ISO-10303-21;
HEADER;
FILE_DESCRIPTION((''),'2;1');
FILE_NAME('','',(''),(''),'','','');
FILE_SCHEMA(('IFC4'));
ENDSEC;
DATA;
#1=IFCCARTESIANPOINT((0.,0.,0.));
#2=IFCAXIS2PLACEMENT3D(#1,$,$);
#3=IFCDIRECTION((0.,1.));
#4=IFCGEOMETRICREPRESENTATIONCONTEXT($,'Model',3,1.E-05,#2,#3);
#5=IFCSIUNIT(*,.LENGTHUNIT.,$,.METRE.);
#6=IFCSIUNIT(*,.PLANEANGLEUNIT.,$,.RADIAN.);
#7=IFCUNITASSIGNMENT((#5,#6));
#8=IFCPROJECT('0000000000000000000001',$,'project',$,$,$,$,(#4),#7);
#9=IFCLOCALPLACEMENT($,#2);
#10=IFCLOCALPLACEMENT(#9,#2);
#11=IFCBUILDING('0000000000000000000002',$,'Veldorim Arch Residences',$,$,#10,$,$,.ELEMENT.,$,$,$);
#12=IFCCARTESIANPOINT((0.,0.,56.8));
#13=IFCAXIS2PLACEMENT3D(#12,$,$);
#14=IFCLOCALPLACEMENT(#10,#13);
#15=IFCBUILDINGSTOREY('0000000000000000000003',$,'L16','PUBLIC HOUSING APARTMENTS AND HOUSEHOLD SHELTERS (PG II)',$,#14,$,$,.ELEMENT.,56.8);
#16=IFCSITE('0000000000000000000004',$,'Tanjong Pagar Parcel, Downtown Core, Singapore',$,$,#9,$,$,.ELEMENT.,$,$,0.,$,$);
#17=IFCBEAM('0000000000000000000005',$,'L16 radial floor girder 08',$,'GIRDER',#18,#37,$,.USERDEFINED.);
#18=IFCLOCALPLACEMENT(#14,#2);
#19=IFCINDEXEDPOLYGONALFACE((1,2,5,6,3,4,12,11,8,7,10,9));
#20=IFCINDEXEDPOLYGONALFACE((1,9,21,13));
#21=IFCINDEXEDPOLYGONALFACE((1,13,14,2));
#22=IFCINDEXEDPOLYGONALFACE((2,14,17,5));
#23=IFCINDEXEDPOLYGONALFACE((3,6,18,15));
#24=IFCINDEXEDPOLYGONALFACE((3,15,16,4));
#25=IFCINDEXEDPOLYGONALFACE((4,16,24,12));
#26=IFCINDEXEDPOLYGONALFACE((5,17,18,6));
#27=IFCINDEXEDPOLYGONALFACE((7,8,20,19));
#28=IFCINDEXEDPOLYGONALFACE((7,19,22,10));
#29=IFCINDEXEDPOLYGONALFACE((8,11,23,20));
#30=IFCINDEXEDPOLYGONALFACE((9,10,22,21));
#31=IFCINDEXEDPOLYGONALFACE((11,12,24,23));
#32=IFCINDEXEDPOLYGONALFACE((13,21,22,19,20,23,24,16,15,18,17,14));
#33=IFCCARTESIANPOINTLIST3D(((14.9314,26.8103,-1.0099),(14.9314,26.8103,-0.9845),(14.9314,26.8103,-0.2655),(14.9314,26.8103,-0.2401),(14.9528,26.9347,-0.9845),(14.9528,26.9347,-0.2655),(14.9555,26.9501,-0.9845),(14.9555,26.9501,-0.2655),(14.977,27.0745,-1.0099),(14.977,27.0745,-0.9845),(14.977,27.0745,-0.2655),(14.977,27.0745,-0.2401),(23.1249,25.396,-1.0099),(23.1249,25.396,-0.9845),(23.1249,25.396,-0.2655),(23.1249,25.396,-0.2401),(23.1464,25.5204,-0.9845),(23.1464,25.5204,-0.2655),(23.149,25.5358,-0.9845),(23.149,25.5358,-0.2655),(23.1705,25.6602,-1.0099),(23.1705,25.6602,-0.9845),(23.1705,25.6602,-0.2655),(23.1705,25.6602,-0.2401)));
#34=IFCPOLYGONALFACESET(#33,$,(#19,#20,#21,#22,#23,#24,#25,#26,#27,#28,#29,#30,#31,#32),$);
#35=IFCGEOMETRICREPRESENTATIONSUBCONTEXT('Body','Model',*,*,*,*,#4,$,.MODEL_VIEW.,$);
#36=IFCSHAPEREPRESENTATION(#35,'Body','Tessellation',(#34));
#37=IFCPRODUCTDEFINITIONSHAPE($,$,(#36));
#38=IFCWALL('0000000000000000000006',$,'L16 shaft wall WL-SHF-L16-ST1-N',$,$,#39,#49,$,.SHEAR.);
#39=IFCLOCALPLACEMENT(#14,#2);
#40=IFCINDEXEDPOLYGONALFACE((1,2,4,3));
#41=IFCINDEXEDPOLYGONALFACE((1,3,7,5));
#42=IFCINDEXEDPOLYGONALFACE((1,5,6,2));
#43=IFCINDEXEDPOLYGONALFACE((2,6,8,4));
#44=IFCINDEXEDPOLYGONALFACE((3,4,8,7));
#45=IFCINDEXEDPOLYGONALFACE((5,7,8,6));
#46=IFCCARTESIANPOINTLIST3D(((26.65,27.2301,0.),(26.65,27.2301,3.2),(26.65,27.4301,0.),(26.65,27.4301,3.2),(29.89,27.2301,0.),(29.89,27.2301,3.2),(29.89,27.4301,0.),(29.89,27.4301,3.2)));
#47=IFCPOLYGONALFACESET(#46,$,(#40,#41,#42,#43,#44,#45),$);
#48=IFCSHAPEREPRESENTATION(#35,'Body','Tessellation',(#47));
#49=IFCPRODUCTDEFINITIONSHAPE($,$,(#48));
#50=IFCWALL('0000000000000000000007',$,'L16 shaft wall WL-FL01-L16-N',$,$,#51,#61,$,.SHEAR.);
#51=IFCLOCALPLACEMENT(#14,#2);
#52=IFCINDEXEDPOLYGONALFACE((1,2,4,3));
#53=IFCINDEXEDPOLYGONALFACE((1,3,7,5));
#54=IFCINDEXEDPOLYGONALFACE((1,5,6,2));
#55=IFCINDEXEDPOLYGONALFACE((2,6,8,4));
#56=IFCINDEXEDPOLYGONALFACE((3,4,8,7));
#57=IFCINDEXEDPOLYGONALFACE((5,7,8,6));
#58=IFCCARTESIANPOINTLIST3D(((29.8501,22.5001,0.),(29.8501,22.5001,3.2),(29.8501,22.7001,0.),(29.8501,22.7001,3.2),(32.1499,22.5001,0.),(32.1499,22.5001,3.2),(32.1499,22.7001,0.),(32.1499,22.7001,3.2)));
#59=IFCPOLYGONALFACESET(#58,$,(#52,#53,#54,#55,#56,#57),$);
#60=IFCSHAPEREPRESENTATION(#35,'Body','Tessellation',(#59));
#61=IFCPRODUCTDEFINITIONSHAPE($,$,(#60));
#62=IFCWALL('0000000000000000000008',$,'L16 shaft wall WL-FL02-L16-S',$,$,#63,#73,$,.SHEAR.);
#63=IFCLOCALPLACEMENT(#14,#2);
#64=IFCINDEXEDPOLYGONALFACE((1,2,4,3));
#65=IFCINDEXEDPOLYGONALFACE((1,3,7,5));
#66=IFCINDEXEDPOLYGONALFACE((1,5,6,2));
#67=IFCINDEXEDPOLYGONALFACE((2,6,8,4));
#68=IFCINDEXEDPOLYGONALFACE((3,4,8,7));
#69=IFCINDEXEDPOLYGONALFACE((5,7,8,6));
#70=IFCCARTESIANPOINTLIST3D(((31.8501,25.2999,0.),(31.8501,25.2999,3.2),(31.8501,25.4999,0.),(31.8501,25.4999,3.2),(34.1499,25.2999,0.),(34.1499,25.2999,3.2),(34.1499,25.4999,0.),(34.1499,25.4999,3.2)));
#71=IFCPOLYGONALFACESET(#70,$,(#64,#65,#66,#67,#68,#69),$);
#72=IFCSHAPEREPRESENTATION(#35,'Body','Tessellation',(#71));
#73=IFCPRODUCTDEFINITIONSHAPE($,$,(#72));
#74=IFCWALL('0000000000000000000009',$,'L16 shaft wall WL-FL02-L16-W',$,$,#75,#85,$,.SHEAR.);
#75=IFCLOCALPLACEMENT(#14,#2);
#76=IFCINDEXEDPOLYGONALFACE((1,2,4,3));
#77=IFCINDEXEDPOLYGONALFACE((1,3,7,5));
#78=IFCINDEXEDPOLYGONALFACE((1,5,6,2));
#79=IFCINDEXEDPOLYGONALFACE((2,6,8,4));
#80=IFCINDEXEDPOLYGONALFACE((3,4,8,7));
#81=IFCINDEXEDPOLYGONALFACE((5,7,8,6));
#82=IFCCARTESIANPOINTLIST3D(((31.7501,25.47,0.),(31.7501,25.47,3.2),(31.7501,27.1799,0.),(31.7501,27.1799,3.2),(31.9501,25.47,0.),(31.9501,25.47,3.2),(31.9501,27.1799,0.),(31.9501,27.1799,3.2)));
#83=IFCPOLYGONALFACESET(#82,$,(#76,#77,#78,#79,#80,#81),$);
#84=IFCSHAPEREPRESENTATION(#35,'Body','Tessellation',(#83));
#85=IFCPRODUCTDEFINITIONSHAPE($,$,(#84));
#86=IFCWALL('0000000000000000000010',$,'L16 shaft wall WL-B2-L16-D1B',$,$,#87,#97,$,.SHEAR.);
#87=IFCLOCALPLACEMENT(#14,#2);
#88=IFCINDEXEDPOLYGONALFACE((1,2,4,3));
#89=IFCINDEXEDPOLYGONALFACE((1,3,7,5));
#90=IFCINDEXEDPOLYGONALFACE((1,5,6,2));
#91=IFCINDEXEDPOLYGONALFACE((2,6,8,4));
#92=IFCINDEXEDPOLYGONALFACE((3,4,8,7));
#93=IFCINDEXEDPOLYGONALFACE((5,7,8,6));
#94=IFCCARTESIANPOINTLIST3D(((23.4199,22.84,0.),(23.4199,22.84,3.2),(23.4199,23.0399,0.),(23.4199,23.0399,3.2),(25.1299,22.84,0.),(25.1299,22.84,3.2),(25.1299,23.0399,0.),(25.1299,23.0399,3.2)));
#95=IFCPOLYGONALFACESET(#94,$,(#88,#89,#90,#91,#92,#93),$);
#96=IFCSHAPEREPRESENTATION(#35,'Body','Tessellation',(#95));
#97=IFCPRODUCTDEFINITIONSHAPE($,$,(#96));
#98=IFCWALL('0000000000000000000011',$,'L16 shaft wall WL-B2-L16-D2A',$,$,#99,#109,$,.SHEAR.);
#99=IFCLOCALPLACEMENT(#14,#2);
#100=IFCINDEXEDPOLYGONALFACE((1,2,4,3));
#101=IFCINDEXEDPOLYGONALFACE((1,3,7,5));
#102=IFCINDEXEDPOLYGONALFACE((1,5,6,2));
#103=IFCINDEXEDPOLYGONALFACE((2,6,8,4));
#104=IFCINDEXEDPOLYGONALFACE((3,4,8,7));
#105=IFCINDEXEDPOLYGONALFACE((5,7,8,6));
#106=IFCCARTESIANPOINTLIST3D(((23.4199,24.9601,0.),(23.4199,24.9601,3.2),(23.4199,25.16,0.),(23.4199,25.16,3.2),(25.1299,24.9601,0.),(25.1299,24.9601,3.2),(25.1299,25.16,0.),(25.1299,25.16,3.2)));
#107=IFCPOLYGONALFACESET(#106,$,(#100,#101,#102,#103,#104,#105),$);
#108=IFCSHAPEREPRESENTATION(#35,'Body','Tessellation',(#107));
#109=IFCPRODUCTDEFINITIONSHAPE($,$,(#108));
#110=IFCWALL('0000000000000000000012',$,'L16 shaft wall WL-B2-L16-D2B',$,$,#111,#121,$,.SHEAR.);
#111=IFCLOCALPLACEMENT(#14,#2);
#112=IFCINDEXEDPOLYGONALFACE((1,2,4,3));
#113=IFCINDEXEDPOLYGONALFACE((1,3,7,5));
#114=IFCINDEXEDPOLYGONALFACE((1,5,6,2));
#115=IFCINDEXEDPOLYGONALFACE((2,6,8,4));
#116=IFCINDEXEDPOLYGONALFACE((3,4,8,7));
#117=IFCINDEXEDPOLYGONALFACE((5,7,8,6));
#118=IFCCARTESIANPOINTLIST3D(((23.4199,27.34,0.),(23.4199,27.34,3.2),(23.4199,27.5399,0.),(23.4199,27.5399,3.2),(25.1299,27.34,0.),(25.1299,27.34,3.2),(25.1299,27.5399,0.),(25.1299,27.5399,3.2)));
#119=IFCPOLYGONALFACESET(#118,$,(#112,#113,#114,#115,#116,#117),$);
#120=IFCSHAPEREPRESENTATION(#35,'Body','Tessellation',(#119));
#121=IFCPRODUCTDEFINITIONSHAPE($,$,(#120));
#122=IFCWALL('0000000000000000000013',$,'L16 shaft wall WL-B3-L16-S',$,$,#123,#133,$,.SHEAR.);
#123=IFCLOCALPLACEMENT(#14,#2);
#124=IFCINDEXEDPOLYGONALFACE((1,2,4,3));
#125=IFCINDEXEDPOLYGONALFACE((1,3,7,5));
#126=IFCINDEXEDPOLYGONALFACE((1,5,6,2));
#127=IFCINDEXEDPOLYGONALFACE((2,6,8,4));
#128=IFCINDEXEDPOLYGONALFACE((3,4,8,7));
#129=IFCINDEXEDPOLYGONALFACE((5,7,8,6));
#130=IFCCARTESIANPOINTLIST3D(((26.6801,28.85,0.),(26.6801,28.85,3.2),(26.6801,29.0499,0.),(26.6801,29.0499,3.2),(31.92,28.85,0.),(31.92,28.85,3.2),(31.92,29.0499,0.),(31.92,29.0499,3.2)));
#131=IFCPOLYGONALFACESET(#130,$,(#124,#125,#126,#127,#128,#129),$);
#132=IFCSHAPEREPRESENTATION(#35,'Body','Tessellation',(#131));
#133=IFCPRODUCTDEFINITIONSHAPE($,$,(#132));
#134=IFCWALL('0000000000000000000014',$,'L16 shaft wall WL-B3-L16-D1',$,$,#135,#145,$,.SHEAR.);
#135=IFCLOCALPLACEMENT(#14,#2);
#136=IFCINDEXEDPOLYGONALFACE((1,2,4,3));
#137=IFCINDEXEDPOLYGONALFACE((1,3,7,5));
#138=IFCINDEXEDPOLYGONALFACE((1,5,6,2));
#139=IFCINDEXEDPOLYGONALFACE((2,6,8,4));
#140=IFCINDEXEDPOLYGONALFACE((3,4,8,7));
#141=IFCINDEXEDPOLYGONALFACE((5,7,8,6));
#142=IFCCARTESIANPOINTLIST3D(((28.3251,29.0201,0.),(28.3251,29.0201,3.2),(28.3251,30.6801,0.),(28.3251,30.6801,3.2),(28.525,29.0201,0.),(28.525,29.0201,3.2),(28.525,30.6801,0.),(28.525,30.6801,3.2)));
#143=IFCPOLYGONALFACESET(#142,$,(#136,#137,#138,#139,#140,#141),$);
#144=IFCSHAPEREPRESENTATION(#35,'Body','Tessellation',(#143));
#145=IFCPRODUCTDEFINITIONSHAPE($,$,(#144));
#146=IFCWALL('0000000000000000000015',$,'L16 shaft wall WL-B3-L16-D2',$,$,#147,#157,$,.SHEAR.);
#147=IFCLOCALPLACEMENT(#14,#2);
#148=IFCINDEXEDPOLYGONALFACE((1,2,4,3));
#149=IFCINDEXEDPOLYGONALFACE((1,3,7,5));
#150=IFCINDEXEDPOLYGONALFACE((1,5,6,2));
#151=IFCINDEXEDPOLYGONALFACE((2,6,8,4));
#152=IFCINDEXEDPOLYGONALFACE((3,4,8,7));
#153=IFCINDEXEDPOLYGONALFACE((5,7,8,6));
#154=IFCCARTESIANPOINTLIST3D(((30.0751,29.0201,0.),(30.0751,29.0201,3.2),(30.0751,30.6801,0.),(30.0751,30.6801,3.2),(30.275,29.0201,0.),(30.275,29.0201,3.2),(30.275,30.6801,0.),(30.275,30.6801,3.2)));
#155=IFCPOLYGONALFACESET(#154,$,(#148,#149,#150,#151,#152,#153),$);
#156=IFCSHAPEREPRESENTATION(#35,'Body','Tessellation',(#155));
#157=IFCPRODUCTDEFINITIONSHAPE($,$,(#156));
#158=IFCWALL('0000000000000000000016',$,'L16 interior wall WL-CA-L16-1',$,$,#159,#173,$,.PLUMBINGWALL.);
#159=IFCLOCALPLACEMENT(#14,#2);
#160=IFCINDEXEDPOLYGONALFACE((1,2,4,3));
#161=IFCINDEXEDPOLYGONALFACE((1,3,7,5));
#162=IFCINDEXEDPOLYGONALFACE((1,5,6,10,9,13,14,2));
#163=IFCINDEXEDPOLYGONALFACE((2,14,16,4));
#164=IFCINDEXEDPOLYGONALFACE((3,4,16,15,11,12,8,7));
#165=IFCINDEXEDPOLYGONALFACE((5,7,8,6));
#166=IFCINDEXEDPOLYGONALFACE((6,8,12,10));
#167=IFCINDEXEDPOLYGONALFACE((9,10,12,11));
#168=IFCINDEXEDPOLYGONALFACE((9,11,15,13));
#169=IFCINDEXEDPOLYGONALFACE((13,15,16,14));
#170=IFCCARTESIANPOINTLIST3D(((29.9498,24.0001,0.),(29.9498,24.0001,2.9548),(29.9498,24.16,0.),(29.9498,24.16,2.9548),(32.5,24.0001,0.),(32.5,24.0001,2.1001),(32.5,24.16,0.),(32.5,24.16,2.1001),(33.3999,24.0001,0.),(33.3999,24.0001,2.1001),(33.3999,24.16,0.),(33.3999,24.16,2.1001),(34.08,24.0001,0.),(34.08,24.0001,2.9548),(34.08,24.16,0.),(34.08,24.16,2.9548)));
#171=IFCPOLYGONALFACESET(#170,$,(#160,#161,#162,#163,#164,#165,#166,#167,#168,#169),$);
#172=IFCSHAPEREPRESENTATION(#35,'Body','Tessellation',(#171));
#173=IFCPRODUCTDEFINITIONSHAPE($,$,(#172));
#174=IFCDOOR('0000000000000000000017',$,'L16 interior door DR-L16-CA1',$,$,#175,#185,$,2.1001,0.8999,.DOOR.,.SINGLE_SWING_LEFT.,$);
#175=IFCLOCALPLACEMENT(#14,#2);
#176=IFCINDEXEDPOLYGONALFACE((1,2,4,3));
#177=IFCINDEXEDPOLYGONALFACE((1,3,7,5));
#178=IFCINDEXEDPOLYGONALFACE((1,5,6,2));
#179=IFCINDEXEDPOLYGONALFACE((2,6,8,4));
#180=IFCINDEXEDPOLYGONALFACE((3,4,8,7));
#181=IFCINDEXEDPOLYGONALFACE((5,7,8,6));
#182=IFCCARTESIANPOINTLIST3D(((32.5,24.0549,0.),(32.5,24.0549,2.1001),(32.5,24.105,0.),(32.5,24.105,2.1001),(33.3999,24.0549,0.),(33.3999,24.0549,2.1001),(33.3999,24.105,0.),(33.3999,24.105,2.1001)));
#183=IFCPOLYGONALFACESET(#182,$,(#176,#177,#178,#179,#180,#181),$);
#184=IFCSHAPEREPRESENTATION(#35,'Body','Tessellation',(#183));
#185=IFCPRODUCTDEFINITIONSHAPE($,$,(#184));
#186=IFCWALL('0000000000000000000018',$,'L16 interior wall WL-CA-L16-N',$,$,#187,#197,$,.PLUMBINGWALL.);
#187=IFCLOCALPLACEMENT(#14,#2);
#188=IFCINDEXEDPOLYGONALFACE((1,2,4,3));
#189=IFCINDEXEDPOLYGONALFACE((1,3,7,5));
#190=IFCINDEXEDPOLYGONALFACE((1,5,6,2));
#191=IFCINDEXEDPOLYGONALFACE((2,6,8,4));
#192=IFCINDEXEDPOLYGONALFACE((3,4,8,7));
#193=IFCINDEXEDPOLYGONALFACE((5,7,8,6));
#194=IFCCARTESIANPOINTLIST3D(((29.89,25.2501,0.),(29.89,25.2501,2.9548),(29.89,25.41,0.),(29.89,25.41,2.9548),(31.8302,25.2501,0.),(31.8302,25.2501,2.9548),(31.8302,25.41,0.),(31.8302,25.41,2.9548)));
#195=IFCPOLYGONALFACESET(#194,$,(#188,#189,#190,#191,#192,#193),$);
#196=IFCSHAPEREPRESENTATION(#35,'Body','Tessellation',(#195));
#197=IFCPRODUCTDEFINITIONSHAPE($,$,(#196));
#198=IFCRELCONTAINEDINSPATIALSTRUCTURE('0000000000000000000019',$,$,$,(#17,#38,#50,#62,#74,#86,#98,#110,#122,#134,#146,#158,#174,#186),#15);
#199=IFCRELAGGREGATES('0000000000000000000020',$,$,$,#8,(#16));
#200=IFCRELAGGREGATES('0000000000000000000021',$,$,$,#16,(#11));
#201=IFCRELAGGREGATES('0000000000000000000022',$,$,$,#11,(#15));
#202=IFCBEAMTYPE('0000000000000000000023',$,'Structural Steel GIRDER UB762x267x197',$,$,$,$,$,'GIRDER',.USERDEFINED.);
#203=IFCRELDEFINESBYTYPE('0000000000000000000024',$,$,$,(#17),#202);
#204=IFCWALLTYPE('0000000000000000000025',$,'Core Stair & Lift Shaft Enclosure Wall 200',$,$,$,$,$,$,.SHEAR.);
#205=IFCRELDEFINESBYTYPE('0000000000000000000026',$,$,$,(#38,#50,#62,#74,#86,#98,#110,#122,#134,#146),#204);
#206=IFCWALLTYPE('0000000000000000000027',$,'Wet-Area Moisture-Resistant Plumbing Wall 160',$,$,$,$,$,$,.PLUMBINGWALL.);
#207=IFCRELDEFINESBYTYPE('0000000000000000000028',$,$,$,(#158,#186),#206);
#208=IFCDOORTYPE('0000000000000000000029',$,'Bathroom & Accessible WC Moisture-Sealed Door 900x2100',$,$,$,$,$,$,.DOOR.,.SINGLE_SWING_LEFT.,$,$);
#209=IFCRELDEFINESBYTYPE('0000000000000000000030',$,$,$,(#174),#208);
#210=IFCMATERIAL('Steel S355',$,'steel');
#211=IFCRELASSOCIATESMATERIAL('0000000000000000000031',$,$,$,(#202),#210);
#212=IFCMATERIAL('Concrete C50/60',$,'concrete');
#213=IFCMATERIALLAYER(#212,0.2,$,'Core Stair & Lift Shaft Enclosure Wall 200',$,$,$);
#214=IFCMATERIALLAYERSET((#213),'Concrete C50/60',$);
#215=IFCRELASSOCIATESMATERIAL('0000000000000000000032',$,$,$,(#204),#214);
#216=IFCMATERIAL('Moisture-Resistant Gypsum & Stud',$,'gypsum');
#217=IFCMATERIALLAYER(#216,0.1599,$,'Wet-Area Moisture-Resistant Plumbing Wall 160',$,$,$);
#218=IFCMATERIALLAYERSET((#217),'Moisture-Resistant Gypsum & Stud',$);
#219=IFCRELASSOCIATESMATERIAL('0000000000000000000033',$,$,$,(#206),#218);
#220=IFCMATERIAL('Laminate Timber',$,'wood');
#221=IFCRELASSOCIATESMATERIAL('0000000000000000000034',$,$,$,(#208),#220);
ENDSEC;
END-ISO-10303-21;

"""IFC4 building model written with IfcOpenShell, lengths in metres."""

from ifc_helpers import new_model, si_unit, direction, frame, frame_2d, origin, origin_2d, place, context, subcontext, project, spatial, rectangle, i_section, extrude, material, layer, layer_set, material_profile, profile_set, type_object, element, fill, save


model = new_model("IFC4")

# Units and contexts
model_context = context("Model", 3, precision=1e-05, world=origin(), true_north=direction((0.0, 1.0)))
body_context = subcontext(model_context, "Body", "Model", "MODEL_VIEW")
ifc_project = project(units=[si_unit("LENGTHUNIT", "METRE"), si_unit("PLANEANGLEUNIT", "RADIAN")], contexts=[model_context])

# Site, building, storey
site_placement = place(None, origin())
site = spatial("IfcSite", under=ifc_project, at=site_placement, Name="Tanjong Pagar Parcel, Downtown Core, Singapore", CompositionType="ELEMENT", RefElevation=0.0)
building_placement = place(site_placement, origin())
building = spatial("IfcBuilding", under=site, at=building_placement, Name="Veldorim Arch Residences", CompositionType="ELEMENT")
storey_placement = place(building_placement, frame((0.0, 0.0, 56.8)))
storey = spatial("IfcBuildingStorey", under=building, at=storey_placement, Name="L16", Description="PUBLIC HOUSING APARTMENTS AND HOUSEHOLD SHELTERS (PG II)", CompositionType="ELEMENT", Elevation=56.8)

# Beam
ifc_material_1 = material(Name="Steel S355", Category="steel")
ifc_material_profile = material_profile(ifc_material_1, i_section(OverallWidth=0.2681, OverallDepth=0.7698, WebThickness=0.0156, FlangeThickness=0.0254, at=origin_2d()), Name="UB762x267x197")
ifc_profile_set = profile_set([ifc_material_profile], Name="Steel S355")
beam_type = type_object("IfcBeamType", Name="Structural Steel GIRDER UB762x267x197", ElementType="GIRDER", PredefinedType="USERDEFINED", material=ifc_profile_set)
beam_placement = place(storey_placement, frame((23.1477, 25.5281, -0.625), z_axis=(-0.985428, 0.170096, 0.0), x_axis=(-0.170096, -0.985428, 0.0)))
element("IfcBeam", 1, at=beam_placement, inside=storey, type_object=beam_type, Name="L16 radial floor girder 08", ObjectType="GIRDER", PredefinedType="USERDEFINED", context=body_context, shape_type="SweptSolid", body=[
    extrude(i_section(OverallWidth=0.2681, OverallDepth=0.7698, WebThickness=0.0156, FlangeThickness=0.0254, at=origin_2d()), origin(), (0.0, 0.0, 1.0), 8.3147),
])

# Walls
ifc_material_2 = material(Name="Concrete C50/60", Category="concrete")
ifc_layer_1 = layer(ifc_material_2, 0.2, Name="Core Stair & Lift Shaft Enclosure Wall 200")
ifc_layer_set_1 = layer_set([ifc_layer_1], Name="Concrete C50/60")
wall_type_1 = type_object("IfcWallType", Name="Core Stair & Lift Shaft Enclosure Wall 200", PredefinedType="SHEAR", material=ifc_layer_set_1)
wall_1_placement = place(storey_placement, frame((26.6499, 27.3301, 0.0), z_axis=(0.0, 0.0, 1.0), x_axis=(1.0, 0.0, 0.0)))
element("IfcWall", 2, at=wall_1_placement, inside=storey, type_object=wall_type_1, Name="L16 shaft wall WL-SHF-L16-ST1-N", PredefinedType="SHEAR", context=body_context, shape_type="SweptSolid", body=[
    extrude(rectangle(XDim=3.24, YDim=0.2, at=frame_2d((1.6201, 0.0))), origin(), (0.0, 0.0, 1.0), 3.2),
])
wall_2_placement = place(storey_placement, frame((29.8501, 22.6001, 0.0), z_axis=(0.0, 0.0, 1.0), x_axis=(1.0, 0.0, 0.0)))
element("IfcWall", 3, at=wall_2_placement, inside=storey, type_object=wall_type_1, Name="L16 shaft wall WL-FL01-L16-N", PredefinedType="SHEAR", context=body_context, shape_type="SweptSolid", body=[
    extrude(rectangle(XDim=2.2998, YDim=0.2, at=frame_2d((1.1499, 0.0))), origin(), (0.0, 0.0, 1.0), 3.2),
])

# Walls
wall_3_placement = place(storey_placement, frame((31.8501, 25.3999, 0.0), z_axis=(0.0, 0.0, 1.0), x_axis=(1.0, 0.0, 0.0)))
element("IfcWall", 4, at=wall_3_placement, inside=storey, type_object=wall_type_1, Name="L16 shaft wall WL-FL02-L16-S", PredefinedType="SHEAR", context=body_context, shape_type="SweptSolid", body=[
    extrude(rectangle(XDim=2.2998, YDim=0.2, at=frame_2d((1.1499, 0.0))), origin(), (0.0, 0.0, 1.0), 3.2),
])
for number, where, z_axis, x_axis, name in (
    (5, (31.8501, 25.47, 0.0), (0.0, 0.0, 1.0), (0.0, 1.0, 0.0), "L16 shaft wall WL-FL02-L16-W"),
    (6, (23.4199, 22.9399, 0.0), (0.0, 0.0, 1.0), (1.0, 0.0, 0.0), "L16 shaft wall WL-B2-L16-D1B"),
    (7, (23.4199, 25.0601, 0.0), (0.0, 0.0, 1.0), (1.0, 0.0, 0.0), "L16 shaft wall WL-B2-L16-D2A"),
    (8, (23.4199, 27.4399, 0.0), (0.0, 0.0, 1.0), (1.0, 0.0, 0.0), "L16 shaft wall WL-B2-L16-D2B"),
):
    element("IfcWall", number, at=place(storey_placement, frame(where, z_axis=z_axis, x_axis=x_axis)), inside=storey, type_object=wall_type_1, Name=name, PredefinedType="SHEAR", context=body_context, shape_type="SweptSolid", body=[
        extrude(rectangle(XDim=1.71, YDim=0.2, at=frame_2d((0.855, 0.0))), origin(), (0.0, 0.0, 1.0), 3.2),
    ])
wall_4_placement = place(storey_placement, frame((26.6799, 28.95, 0.0), z_axis=(0.0, 0.0, 1.0), x_axis=(1.0, 0.0, 0.0)))
element("IfcWall", 9, at=wall_4_placement, inside=storey, type_object=wall_type_1, Name="L16 shaft wall WL-B3-L16-S", PredefinedType="SHEAR", context=body_context, shape_type="SweptSolid", body=[
    extrude(rectangle(XDim=5.24, YDim=0.2, at=frame_2d((2.6201, 0.0))), origin(), (0.0, 0.0, 1.0), 3.2),
])
for number, where, z_axis, x_axis, name in (
    (10, (28.425, 29.02, 0.0), (0.0, 0.0, 1.0), (0.0, 1.0, 0.0), "L16 shaft wall WL-B3-L16-D1"),
    (11, (30.175, 29.02, 0.0), (0.0, 0.0, 1.0), (0.0, 1.0, 0.0), "L16 shaft wall WL-B3-L16-D2"),
):
    element("IfcWall", number, at=place(storey_placement, frame(where, z_axis=z_axis, x_axis=x_axis)), inside=storey, type_object=wall_type_1, Name=name, PredefinedType="SHEAR", context=body_context, shape_type="SweptSolid", body=[
        extrude(rectangle(XDim=1.6599, YDim=0.2, at=frame_2d((0.8301, 0.0))), origin(), (0.0, 0.0, 1.0), 3.2),
    ])

# Wall, opening, door
ifc_material_3 = material(Name="Moisture-Resistant Gypsum & Stud", Category="gypsum")
ifc_layer_2 = layer(ifc_material_3, 0.1599, Name="Wet-Area Moisture-Resistant Plumbing Wall 160")
ifc_layer_set_2 = layer_set([ifc_layer_2], Name="Moisture-Resistant Gypsum & Stud")
wall_type_2 = type_object("IfcWallType", Name="Wet-Area Moisture-Resistant Plumbing Wall 160", PredefinedType="PLUMBINGWALL", material=ifc_layer_set_2)
wall_5_placement = place(storey_placement, frame((29.95, 24.0801, 0.0), z_axis=(0.0, 0.0, 1.0), x_axis=(1.0, 0.0, 0.0)))
wall_5 = element("IfcWall", 12, at=wall_5_placement, inside=storey, type_object=wall_type_2, Name="L16 interior wall WL-CA-L16-1", PredefinedType="PLUMBINGWALL", context=body_context, shape_type="SweptSolid", body=[
    extrude(rectangle(XDim=4.1301, YDim=0.1599, at=frame_2d((2.0649, 0.0))), origin(), (0.0, 0.0, 1.0), 2.9548),
])
opening_1_placement = place(wall_5_placement, frame((2.55, 0.0, 0.0)))
opening_1 = element("IfcOpeningElement", 13, at=opening_1_placement, cuts=wall_5, PredefinedType="OPENING", context=body_context, shape_type="SweptSolid", body=[
    extrude(rectangle(XDim=0.8999, YDim=2.1001, at=frame_2d((0.45, 1.05))), frame((0.0, 0.0898, 0.0), z_axis=(0.0, -1.0, 0.0), x_axis=(1.0, 0.0, 0.0)), (0.0, 0.0, 1.0), 0.1799),
])
ifc_material_4 = material(Name="Laminate Timber", Category="wood")
door_type_1 = type_object("IfcDoorType", Name="Bathroom & Accessible WC Moisture-Sealed Door 900x2100", OperationType="SINGLE_SWING_LEFT", PredefinedType="DOOR", material=ifc_material_4)
door_1_placement = place(opening_1_placement, origin())
door_1 = element("IfcDoor", 14, at=door_1_placement, inside=storey, type_object=door_type_1, Name="L16 interior door DR-L16-CA1", OperationType="SINGLE_SWING_LEFT", OverallHeight=2.1001, OverallWidth=0.8999, PredefinedType="DOOR", context=body_context, shape_type="SweptSolid", body=[
    extrude(rectangle(XDim=0.8999, YDim=2.1001, at=frame_2d((0.45, 1.05))), frame((0.0, 0.0249, 0.0), z_axis=(0.0, -1.0, 0.0), x_axis=(1.0, 0.0, 0.0)), (0.0, 0.0, 1.0), 0.05),
])
fill(opening_1, door_1)

# Wall
wall_6_placement = place(storey_placement, frame((29.8899, 25.3301, 0.0), z_axis=(0.0, 0.0, 1.0), x_axis=(1.0, 0.0, 0.0)))
element("IfcWall", 15, at=wall_6_placement, inside=storey, type_object=wall_type_2, Name="L16 interior wall WL-CA-L16-N", PredefinedType="PLUMBINGWALL", context=body_context, shape_type="SweptSolid", body=[
    extrude(rectangle(XDim=1.9402, YDim=0.1599, at=frame_2d((0.9702, 0.0))), origin(), (0.0, 0.0, 1.0), 2.9548),
])

save(model, "model.ifc")
